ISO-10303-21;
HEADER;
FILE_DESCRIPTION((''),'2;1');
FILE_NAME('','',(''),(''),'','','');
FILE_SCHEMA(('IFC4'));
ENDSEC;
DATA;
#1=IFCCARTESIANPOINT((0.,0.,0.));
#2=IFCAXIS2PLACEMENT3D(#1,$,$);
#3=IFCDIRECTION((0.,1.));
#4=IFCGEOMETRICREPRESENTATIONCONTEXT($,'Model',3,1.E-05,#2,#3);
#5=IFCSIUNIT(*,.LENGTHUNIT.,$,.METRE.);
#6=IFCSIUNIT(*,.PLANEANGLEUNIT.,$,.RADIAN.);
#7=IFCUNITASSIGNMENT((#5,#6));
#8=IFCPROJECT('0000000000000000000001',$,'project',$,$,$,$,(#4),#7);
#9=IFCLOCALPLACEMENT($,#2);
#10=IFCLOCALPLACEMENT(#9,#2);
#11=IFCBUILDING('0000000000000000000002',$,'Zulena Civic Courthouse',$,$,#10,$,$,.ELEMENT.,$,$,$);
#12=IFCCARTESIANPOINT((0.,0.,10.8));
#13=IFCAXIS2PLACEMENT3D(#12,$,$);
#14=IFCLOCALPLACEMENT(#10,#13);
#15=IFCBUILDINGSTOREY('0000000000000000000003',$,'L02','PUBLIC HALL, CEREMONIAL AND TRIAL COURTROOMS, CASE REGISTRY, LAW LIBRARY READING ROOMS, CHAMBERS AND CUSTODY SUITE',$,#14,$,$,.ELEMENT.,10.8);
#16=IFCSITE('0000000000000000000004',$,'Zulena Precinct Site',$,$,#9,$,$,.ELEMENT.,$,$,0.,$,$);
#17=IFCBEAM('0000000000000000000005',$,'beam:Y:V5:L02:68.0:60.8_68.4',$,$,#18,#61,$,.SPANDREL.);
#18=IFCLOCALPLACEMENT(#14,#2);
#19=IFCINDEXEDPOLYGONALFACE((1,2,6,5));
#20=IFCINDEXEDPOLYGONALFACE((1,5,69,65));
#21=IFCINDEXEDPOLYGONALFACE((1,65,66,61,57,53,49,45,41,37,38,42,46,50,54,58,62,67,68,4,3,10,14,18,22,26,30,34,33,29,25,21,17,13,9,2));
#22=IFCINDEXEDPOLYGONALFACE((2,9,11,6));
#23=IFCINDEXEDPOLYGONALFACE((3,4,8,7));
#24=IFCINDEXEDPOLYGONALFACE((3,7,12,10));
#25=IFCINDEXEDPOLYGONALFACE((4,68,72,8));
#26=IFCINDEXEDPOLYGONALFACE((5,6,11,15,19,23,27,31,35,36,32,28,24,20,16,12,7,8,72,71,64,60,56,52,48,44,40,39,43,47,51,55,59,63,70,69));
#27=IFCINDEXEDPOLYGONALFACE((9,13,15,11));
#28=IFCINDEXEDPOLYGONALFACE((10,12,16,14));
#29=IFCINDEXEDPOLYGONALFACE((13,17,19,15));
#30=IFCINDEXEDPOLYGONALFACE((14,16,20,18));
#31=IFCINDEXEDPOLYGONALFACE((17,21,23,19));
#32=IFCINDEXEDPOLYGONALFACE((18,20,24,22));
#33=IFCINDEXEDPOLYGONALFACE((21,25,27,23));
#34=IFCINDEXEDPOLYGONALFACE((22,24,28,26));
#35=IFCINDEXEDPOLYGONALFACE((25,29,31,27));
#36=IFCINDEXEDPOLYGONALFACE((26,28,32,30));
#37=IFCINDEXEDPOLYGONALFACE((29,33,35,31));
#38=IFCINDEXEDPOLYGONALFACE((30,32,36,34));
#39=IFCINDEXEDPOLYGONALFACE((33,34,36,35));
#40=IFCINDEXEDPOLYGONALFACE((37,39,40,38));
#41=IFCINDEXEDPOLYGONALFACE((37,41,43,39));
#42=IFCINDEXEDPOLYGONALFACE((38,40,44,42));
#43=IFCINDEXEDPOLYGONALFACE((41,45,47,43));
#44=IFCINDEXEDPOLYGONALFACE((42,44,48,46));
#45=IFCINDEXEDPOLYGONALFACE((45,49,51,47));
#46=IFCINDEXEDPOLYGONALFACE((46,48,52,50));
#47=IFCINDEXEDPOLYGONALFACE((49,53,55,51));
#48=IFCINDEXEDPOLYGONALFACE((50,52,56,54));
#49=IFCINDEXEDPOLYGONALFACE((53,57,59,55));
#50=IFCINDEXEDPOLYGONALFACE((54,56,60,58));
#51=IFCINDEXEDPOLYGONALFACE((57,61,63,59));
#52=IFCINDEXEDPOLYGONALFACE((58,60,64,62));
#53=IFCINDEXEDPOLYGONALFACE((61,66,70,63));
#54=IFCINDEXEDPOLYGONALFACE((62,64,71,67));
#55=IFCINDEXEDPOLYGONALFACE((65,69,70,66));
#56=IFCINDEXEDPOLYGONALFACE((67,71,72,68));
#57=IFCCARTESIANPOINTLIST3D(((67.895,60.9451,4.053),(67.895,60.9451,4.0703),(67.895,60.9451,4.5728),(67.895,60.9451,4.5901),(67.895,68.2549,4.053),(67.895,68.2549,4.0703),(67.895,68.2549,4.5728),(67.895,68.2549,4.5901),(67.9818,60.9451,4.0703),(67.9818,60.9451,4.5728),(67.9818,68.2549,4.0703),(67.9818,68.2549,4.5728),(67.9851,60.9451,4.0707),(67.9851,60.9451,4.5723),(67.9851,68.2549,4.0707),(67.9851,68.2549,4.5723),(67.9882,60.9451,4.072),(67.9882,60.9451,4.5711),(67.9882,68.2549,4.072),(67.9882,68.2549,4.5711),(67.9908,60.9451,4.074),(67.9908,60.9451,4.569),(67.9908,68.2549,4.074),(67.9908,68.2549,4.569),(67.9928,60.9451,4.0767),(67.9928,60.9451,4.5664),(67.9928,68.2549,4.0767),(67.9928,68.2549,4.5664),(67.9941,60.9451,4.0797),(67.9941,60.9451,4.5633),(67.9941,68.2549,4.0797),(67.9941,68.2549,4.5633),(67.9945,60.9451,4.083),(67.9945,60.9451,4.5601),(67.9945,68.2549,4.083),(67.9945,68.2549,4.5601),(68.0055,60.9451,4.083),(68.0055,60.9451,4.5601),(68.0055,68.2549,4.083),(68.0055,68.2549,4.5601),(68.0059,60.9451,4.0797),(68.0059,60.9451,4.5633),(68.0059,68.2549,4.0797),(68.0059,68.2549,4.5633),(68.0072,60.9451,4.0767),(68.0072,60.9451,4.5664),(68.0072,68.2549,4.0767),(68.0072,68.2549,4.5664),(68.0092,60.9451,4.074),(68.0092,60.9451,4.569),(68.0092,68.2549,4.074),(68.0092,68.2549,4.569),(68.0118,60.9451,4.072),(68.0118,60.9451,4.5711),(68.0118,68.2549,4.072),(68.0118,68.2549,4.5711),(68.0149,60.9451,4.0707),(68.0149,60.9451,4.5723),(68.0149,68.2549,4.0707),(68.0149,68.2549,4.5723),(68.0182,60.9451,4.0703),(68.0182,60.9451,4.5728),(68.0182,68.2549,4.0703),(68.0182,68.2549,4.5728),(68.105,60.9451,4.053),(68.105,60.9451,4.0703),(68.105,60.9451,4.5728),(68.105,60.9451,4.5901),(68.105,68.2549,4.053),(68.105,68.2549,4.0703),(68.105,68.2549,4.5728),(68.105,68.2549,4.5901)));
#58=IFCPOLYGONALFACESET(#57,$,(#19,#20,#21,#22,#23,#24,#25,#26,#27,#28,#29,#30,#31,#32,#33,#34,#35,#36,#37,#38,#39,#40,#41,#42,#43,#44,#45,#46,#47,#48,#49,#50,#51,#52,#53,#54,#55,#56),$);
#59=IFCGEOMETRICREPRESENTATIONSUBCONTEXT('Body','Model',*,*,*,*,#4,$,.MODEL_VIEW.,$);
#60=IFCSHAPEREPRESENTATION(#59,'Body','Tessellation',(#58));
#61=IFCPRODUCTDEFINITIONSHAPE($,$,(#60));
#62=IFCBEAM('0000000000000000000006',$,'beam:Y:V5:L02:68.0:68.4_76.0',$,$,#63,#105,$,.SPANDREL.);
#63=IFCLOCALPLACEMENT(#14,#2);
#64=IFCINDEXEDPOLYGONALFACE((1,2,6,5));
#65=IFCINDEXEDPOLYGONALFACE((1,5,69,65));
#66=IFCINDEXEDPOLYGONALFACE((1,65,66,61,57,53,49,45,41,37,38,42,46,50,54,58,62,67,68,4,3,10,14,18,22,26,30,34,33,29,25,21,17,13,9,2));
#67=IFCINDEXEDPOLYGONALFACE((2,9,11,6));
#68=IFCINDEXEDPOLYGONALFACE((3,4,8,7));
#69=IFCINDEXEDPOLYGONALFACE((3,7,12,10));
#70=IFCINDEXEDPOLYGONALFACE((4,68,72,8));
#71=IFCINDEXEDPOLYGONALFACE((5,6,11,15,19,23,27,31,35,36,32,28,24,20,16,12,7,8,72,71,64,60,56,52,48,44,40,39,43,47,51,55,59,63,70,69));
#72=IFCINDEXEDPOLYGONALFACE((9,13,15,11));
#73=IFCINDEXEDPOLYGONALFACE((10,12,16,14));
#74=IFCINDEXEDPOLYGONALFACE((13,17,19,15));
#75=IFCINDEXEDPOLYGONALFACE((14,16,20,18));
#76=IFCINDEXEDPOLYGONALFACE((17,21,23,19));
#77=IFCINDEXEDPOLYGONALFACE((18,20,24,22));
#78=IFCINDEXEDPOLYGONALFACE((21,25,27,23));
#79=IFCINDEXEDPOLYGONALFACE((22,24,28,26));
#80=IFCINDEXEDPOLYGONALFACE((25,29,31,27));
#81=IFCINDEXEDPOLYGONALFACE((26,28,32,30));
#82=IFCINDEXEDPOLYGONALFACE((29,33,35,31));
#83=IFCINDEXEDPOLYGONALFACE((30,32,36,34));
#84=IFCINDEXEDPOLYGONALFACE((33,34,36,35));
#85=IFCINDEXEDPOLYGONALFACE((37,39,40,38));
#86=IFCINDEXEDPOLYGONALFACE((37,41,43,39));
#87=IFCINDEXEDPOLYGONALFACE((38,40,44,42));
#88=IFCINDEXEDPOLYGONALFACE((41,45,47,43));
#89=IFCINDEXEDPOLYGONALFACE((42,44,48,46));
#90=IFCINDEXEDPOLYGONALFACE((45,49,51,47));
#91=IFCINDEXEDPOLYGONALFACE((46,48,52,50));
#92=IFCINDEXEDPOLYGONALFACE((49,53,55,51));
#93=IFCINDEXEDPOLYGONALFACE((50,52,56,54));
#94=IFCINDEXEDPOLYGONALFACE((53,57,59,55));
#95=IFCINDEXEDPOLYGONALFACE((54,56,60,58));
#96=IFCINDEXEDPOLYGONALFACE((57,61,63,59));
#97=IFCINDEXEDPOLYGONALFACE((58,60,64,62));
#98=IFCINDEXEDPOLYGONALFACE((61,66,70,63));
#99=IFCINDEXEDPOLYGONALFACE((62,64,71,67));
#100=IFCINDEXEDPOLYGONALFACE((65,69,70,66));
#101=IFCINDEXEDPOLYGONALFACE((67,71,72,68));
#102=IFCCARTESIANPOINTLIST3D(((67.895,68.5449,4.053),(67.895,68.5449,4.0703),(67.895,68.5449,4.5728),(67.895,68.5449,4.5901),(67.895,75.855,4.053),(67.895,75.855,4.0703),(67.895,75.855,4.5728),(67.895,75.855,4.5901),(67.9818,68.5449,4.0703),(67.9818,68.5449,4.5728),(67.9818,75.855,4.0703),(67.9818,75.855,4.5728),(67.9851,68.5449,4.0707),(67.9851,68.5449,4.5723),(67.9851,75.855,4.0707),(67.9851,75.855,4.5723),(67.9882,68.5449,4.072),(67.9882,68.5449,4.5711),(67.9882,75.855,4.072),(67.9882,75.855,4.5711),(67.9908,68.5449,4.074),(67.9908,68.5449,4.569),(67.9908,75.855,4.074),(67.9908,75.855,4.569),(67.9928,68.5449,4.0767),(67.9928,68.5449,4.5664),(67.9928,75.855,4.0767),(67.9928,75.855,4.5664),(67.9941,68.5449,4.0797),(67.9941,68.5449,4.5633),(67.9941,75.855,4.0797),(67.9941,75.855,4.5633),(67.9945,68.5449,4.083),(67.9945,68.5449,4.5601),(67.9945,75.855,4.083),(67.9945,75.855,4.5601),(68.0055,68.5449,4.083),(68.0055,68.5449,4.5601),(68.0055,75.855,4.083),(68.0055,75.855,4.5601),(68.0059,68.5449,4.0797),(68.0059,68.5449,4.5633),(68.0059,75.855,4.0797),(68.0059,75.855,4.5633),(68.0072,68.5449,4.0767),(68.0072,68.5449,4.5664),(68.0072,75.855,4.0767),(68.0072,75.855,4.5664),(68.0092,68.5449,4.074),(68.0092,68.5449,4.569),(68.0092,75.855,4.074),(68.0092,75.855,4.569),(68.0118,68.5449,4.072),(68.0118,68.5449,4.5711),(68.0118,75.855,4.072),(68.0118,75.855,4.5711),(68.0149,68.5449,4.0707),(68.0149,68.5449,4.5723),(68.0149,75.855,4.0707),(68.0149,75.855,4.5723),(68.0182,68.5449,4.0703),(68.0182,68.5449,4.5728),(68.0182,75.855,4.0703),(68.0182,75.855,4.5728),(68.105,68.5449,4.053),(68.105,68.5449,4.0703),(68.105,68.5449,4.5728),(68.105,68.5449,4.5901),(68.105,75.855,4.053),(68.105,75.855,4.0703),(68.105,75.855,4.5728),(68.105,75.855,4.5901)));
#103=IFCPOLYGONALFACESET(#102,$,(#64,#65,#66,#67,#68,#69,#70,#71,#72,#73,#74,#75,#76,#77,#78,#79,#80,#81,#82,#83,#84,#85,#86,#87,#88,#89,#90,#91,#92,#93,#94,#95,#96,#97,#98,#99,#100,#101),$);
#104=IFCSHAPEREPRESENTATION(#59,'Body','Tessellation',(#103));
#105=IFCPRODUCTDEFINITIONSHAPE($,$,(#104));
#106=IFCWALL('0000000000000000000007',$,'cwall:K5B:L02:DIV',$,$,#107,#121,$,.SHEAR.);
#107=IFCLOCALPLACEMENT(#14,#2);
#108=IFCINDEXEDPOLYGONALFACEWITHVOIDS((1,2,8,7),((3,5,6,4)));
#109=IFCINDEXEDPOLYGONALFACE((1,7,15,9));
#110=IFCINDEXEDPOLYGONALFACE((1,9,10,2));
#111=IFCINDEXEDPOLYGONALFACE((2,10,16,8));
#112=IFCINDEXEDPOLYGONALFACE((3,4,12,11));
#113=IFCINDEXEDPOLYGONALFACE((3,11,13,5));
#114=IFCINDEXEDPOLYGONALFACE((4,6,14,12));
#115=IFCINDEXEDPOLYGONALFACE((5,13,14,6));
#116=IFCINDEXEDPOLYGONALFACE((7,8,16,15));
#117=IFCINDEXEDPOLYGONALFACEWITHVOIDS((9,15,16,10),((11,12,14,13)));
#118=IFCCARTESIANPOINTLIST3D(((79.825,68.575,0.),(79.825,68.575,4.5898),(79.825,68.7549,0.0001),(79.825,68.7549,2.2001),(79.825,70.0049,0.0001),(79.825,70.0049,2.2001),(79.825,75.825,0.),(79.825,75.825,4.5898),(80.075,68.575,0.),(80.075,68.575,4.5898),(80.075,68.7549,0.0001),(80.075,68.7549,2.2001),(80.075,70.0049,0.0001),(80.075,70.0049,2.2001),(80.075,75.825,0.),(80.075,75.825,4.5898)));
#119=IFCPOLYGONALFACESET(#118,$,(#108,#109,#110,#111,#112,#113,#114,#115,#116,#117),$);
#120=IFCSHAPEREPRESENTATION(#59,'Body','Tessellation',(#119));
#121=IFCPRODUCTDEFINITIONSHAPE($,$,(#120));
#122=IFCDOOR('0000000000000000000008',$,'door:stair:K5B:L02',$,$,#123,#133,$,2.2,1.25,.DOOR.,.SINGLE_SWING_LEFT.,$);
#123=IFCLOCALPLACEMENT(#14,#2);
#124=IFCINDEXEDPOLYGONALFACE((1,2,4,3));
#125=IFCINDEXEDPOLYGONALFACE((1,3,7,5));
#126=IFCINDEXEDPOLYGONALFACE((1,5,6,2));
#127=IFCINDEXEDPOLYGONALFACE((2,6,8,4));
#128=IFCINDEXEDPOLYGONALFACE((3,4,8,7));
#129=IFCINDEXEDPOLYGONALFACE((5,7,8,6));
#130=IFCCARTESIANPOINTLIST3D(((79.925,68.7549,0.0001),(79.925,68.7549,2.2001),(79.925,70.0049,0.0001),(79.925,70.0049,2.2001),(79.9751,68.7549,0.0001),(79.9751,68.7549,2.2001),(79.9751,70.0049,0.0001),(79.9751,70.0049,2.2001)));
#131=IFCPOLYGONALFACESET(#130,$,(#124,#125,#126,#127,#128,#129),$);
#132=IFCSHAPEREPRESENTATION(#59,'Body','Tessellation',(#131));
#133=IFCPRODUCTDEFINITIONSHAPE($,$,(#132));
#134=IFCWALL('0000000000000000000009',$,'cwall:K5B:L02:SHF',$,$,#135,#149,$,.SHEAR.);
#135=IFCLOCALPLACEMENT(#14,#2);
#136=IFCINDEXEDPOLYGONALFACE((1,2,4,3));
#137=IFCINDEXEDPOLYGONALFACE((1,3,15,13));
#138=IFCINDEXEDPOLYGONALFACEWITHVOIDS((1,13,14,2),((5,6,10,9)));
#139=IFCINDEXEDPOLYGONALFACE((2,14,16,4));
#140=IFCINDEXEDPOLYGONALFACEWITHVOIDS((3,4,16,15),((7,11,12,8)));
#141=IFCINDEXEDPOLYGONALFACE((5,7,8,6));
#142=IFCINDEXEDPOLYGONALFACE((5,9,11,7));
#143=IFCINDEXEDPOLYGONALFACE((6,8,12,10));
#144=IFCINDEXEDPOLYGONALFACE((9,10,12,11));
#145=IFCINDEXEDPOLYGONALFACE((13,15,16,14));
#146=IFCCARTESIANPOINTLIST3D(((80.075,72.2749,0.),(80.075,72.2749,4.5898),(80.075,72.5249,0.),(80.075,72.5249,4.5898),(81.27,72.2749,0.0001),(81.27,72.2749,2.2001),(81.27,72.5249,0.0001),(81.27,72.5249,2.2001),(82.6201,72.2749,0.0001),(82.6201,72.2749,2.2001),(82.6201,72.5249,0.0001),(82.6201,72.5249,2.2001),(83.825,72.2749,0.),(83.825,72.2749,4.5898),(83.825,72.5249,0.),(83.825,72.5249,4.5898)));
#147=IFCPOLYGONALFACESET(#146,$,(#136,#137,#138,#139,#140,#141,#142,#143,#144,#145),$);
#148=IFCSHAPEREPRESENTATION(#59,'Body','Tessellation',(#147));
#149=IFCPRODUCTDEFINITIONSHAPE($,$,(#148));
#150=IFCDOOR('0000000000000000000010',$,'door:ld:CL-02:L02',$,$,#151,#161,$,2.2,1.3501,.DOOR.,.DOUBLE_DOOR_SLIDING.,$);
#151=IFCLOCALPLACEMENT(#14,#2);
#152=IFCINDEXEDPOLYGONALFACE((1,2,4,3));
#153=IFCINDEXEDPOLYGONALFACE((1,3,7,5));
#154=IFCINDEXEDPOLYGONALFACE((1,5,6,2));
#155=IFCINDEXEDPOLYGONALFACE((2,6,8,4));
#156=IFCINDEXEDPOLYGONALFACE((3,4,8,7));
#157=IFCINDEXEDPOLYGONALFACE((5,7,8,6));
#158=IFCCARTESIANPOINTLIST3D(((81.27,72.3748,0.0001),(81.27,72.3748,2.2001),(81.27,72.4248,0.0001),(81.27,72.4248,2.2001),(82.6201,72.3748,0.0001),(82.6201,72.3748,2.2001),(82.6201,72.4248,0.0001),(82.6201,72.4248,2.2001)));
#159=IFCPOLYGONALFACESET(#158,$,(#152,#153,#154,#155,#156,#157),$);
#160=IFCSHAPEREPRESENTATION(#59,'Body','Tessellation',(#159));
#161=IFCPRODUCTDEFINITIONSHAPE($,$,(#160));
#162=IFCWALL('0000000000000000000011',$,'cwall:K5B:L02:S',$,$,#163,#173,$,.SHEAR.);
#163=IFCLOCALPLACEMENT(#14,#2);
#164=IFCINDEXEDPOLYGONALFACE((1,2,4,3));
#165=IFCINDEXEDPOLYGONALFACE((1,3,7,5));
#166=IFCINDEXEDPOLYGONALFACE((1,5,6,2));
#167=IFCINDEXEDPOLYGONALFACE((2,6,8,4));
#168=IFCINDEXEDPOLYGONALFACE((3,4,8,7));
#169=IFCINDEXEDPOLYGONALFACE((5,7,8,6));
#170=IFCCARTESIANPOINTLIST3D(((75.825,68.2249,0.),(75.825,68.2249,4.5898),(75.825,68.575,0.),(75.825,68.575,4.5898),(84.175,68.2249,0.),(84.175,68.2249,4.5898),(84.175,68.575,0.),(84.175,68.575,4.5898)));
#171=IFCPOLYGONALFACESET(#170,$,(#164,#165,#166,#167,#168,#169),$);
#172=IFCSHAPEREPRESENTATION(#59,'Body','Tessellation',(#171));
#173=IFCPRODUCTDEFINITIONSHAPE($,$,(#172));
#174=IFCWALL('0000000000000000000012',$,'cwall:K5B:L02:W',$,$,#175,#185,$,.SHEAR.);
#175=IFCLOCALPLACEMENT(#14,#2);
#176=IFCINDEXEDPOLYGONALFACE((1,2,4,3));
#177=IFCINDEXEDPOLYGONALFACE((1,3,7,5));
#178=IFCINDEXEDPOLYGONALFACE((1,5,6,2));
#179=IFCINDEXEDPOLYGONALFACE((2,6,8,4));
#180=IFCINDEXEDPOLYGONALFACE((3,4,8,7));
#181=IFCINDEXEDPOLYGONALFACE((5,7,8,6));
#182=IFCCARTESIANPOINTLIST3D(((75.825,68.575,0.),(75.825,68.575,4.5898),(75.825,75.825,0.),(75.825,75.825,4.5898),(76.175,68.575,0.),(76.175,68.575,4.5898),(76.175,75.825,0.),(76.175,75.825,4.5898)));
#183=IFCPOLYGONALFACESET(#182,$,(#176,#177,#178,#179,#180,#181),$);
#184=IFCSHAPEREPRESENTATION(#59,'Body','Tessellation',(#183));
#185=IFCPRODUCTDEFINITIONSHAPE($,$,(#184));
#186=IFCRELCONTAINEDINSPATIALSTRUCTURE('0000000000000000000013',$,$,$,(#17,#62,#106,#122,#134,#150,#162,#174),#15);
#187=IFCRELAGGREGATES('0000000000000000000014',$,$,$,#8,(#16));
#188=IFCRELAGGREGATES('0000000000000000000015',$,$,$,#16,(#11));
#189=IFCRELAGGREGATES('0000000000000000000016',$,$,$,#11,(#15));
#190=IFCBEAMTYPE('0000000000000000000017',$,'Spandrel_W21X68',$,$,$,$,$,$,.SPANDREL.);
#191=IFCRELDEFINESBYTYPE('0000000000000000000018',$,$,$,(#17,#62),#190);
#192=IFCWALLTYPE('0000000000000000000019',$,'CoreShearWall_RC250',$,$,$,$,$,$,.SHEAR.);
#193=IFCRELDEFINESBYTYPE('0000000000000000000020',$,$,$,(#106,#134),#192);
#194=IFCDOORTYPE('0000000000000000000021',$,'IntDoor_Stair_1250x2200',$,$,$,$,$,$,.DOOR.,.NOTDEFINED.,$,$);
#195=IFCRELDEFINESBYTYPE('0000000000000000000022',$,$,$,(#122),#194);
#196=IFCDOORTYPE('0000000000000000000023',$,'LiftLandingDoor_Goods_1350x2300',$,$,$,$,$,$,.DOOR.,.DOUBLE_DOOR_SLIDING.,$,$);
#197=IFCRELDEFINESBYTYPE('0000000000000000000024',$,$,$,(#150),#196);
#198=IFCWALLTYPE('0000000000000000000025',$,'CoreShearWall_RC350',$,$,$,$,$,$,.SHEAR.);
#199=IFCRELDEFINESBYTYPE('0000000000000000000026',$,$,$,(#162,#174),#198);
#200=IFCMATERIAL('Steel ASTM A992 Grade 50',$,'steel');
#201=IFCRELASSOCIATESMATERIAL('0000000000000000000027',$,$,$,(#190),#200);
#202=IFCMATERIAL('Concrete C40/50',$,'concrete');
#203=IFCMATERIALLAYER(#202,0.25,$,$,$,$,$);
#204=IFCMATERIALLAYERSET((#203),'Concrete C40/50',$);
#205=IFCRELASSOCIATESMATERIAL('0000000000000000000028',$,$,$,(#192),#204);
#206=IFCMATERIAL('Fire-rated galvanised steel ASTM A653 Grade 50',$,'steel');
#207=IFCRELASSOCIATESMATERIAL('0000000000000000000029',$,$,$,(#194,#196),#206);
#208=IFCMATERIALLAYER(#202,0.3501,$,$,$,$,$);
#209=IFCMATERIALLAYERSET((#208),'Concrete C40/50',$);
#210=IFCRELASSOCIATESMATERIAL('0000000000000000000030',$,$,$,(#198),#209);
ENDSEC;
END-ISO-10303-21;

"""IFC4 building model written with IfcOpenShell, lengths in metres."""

from ifc_helpers import new_model, si_unit, direction, frame, frame_2d, origin, origin_2d, place, context, subcontext, project, spatial, rectangle, i_section, extrude, material, layer, layer_set, material_profile, profile_set, type_object, element, fill, save


model = new_model("IFC4")

# Units and contexts
model_context = context("Model", 3, precision=1e-05, world=origin(), true_north=direction((0.0, 1.0)))
body_context = subcontext(model_context, "Body", "Model", "MODEL_VIEW")
ifc_project = project(units=[si_unit("LENGTHUNIT", "METRE"), si_unit("PLANEANGLEUNIT", "RADIAN")], contexts=[model_context])

# Site, building, storey
site_placement = place(None, origin())
site = spatial("IfcSite", under=ifc_project, at=site_placement, Name="Zulena Precinct Site", CompositionType="ELEMENT", RefElevation=0.0)
building_placement = place(site_placement, origin())
building = spatial("IfcBuilding", under=site, at=building_placement, Name="Zulena Civic Courthouse", CompositionType="ELEMENT")
storey_placement = place(building_placement, frame((0.0, 0.0, 10.8)))
storey = spatial("IfcBuildingStorey", under=building, at=storey_placement, Name="L02", Description="PUBLIC HALL, CEREMONIAL AND TRIAL COURTROOMS, CASE REGISTRY, LAW LIBRARY READING ROOMS, CHAMBERS AND CUSTODY SUITE", CompositionType="ELEMENT", Elevation=10.8)

# Shared definitions
ifc_material_1 = material(Name="Steel ASTM A992 Grade 50", Category="steel")

# Beams
ifc_material_profile_1 = material_profile(ifc_material_1, i_section(OverallWidth=0.21, OverallDepth=0.5371, WebThickness=0.011, FlangeThickness=0.0173, FilletRadius=0.0127, at=origin_2d()), Name="W21X68")
ifc_profile_set_1 = profile_set([ifc_material_profile_1], Name="Steel ASTM A992 Grade 50")
beam_type_1 = type_object("IfcBeamType", Name="Spandrel_W21X68", PredefinedType="SPANDREL", material=ifc_profile_set_1)
beam_1_placement = place(storey_placement, frame((68.0, 60.9451, 4.3215), z_axis=(0.0, 1.0, 0.0), x_axis=(-1.0, 0.0, 0.0)))
element("IfcBeam", 1, at=beam_1_placement, inside=storey, type_object=beam_type_1, Name="beam:Y:V5:L02:68.0:60.8_68.4", PredefinedType="SPANDREL", context=body_context, shape_type="SweptSolid", body=[
    extrude(i_section(OverallWidth=0.21, OverallDepth=0.5371, WebThickness=0.011, FlangeThickness=0.0173, FilletRadius=0.0127, at=origin_2d()), origin(), (0.0, 0.0, 1.0), 7.3098),
])
beam_2_placement = place(storey_placement, frame((68.0, 68.5449, 4.3215), z_axis=(0.0, 1.0, 0.0), x_axis=(-1.0, 0.0, 0.0)))
element("IfcBeam", 2, at=beam_2_placement, inside=storey, type_object=beam_type_1, Name="beam:Y:V5:L02:68.0:68.4_76.0", PredefinedType="SPANDREL", context=body_context, shape_type="SweptSolid", body=[
    extrude(i_section(OverallWidth=0.21, OverallDepth=0.5371, WebThickness=0.011, FlangeThickness=0.0173, FilletRadius=0.0127, at=origin_2d()), origin(), (0.0, 0.0, 1.0), 7.3101),
])

# Walls, openings, doors
ifc_material_2 = material(Name="Concrete C40/50", Category="concrete")
ifc_layer_1 = layer(ifc_material_2, 0.25)
ifc_layer_set_1 = layer_set([ifc_layer_1], Name="Concrete C40/50")
wall_type_1 = type_object("IfcWallType", Name="CoreShearWall_RC250", PredefinedType="SHEAR", material=ifc_layer_set_1)
wall_1_placement = place(storey_placement, frame((79.95, 68.575, 0.0), z_axis=(0.0, 0.0, 1.0), x_axis=(0.0, 1.0, 0.0)))
wall_1 = element("IfcWall", 3, at=wall_1_placement, inside=storey, type_object=wall_type_1, Name="cwall:K5B:L02:DIV", PredefinedType="SHEAR", context=body_context, shape_type="SweptSolid", body=[
    extrude(rectangle(XDim=7.25, YDim=0.25, at=frame_2d((3.625, 0.0))), origin(), (0.0, 0.0, 1.0), 4.5898),
])
opening_1_placement = place(wall_1_placement, frame((0.1799, 0.0, 0.0)))
opening_1 = element("IfcOpeningElement", 4, at=opening_1_placement, cuts=wall_1, PredefinedType="OPENING", context=body_context, shape_type="SweptSolid", body=[
    extrude(rectangle(XDim=1.25, YDim=2.2, at=frame_2d((0.625, 1.1001))), frame((0.0, 0.135, 0.0), z_axis=(0.0, -1.0, 0.0), x_axis=(1.0, 0.0, 0.0)), (0.0, 0.0, 1.0), 0.27),
])
ifc_material_3 = material(Name="Fire-rated galvanised steel ASTM A653 Grade 50", Category="steel")
door_type_1 = type_object("IfcDoorType", Name="IntDoor_Stair_1250x2200", OperationType="NOTDEFINED", PredefinedType="DOOR", material=ifc_material_3)
door_1_placement = place(opening_1_placement, origin())
door_1 = element("IfcDoor", 5, at=door_1_placement, inside=storey, type_object=door_type_1, Name="door:stair:K5B:L02", OperationType="SINGLE_SWING_LEFT", OverallHeight=2.2, OverallWidth=1.25, PredefinedType="DOOR", context=body_context, shape_type="SweptSolid", body=[
    extrude(rectangle(XDim=1.25, YDim=2.2, at=frame_2d((0.625, 1.1001))), frame((0.0, 0.0249, 0.0), z_axis=(0.0, -1.0, 0.0), x_axis=(1.0, 0.0, 0.0)), (0.0, 0.0, 1.0), 0.05),
])
fill(opening_1, door_1)
wall_2_placement = place(storey_placement, frame((80.075, 72.3999, 0.0), z_axis=(0.0, 0.0, 1.0), x_axis=(1.0, 0.0, 0.0)))
wall_2 = element("IfcWall", 6, at=wall_2_placement, inside=storey, type_object=wall_type_1, Name="cwall:K5B:L02:SHF", PredefinedType="SHEAR", context=body_context, shape_type="SweptSolid", body=[
    extrude(rectangle(XDim=3.75, YDim=0.25, at=frame_2d((1.875, 0.0))), origin(), (0.0, 0.0, 1.0), 4.5898),
])
opening_2_placement = place(wall_2_placement, frame((1.1951, 0.0, 0.0)))
opening_2 = element("IfcOpeningElement", 7, at=opening_2_placement, cuts=wall_2, PredefinedType="OPENING", context=body_context, shape_type="SweptSolid", body=[
    extrude(rectangle(XDim=1.3501, YDim=2.2, at=frame_2d((0.675, 1.1001))), frame((0.0, 0.135, 0.0), z_axis=(0.0, -1.0, 0.0), x_axis=(1.0, 0.0, 0.0)), (0.0, 0.0, 1.0), 0.27),
])
door_type_2 = type_object("IfcDoorType", Name="LiftLandingDoor_Goods_1350x2300", OperationType="DOUBLE_DOOR_SLIDING", PredefinedType="DOOR", material=ifc_material_3)
door_2_placement = place(opening_2_placement, origin())
door_2 = element("IfcDoor", 8, at=door_2_placement, inside=storey, type_object=door_type_2, Name="door:ld:CL-02:L02", OperationType="DOUBLE_DOOR_SLIDING", OverallHeight=2.2, OverallWidth=1.3501, PredefinedType="DOOR", context=body_context, shape_type="SweptSolid", body=[
    extrude(rectangle(XDim=1.3501, YDim=2.2, at=frame_2d((0.675, 1.1001))), frame((0.0, 0.0249, 0.0), z_axis=(0.0, -1.0, 0.0), x_axis=(1.0, 0.0, 0.0)), (0.0, 0.0, 1.0), 0.05),
])
fill(opening_2, door_2)

# Walls
ifc_layer_2 = layer(ifc_material_2, 0.3501)
ifc_layer_set_2 = layer_set([ifc_layer_2], Name="Concrete C40/50")
wall_type_2 = type_object("IfcWallType", Name="CoreShearWall_RC350", PredefinedType="SHEAR", material=ifc_layer_set_2)
wall_3_placement = place(storey_placement, frame((75.825, 68.3999, 0.0), z_axis=(0.0, 0.0, 1.0), x_axis=(1.0, 0.0, 0.0)))
element("IfcWall", 9, at=wall_3_placement, inside=storey, type_object=wall_type_2, Name="cwall:K5B:L02:S", PredefinedType="SHEAR", context=body_context, shape_type="SweptSolid", body=[
    extrude(rectangle(XDim=8.3501, YDim=0.3501, at=frame_2d((4.175, 0.0))), origin(), (0.0, 0.0, 1.0), 4.5898),
])
wall_4_placement = place(storey_placement, frame((76.0, 68.575, 0.0), z_axis=(0.0, 0.0, 1.0), x_axis=(0.0, 1.0, 0.0)))
element("IfcWall", 10, at=wall_4_placement, inside=storey, type_object=wall_type_2, Name="cwall:K5B:L02:W", PredefinedType="SHEAR", context=body_context, shape_type="SweptSolid", body=[
    extrude(rectangle(XDim=7.25, YDim=0.3501, at=frame_2d((3.625, 0.0))), origin(), (0.0, 0.0, 1.0), 4.5898),
])

save(model, "model.ifc")
